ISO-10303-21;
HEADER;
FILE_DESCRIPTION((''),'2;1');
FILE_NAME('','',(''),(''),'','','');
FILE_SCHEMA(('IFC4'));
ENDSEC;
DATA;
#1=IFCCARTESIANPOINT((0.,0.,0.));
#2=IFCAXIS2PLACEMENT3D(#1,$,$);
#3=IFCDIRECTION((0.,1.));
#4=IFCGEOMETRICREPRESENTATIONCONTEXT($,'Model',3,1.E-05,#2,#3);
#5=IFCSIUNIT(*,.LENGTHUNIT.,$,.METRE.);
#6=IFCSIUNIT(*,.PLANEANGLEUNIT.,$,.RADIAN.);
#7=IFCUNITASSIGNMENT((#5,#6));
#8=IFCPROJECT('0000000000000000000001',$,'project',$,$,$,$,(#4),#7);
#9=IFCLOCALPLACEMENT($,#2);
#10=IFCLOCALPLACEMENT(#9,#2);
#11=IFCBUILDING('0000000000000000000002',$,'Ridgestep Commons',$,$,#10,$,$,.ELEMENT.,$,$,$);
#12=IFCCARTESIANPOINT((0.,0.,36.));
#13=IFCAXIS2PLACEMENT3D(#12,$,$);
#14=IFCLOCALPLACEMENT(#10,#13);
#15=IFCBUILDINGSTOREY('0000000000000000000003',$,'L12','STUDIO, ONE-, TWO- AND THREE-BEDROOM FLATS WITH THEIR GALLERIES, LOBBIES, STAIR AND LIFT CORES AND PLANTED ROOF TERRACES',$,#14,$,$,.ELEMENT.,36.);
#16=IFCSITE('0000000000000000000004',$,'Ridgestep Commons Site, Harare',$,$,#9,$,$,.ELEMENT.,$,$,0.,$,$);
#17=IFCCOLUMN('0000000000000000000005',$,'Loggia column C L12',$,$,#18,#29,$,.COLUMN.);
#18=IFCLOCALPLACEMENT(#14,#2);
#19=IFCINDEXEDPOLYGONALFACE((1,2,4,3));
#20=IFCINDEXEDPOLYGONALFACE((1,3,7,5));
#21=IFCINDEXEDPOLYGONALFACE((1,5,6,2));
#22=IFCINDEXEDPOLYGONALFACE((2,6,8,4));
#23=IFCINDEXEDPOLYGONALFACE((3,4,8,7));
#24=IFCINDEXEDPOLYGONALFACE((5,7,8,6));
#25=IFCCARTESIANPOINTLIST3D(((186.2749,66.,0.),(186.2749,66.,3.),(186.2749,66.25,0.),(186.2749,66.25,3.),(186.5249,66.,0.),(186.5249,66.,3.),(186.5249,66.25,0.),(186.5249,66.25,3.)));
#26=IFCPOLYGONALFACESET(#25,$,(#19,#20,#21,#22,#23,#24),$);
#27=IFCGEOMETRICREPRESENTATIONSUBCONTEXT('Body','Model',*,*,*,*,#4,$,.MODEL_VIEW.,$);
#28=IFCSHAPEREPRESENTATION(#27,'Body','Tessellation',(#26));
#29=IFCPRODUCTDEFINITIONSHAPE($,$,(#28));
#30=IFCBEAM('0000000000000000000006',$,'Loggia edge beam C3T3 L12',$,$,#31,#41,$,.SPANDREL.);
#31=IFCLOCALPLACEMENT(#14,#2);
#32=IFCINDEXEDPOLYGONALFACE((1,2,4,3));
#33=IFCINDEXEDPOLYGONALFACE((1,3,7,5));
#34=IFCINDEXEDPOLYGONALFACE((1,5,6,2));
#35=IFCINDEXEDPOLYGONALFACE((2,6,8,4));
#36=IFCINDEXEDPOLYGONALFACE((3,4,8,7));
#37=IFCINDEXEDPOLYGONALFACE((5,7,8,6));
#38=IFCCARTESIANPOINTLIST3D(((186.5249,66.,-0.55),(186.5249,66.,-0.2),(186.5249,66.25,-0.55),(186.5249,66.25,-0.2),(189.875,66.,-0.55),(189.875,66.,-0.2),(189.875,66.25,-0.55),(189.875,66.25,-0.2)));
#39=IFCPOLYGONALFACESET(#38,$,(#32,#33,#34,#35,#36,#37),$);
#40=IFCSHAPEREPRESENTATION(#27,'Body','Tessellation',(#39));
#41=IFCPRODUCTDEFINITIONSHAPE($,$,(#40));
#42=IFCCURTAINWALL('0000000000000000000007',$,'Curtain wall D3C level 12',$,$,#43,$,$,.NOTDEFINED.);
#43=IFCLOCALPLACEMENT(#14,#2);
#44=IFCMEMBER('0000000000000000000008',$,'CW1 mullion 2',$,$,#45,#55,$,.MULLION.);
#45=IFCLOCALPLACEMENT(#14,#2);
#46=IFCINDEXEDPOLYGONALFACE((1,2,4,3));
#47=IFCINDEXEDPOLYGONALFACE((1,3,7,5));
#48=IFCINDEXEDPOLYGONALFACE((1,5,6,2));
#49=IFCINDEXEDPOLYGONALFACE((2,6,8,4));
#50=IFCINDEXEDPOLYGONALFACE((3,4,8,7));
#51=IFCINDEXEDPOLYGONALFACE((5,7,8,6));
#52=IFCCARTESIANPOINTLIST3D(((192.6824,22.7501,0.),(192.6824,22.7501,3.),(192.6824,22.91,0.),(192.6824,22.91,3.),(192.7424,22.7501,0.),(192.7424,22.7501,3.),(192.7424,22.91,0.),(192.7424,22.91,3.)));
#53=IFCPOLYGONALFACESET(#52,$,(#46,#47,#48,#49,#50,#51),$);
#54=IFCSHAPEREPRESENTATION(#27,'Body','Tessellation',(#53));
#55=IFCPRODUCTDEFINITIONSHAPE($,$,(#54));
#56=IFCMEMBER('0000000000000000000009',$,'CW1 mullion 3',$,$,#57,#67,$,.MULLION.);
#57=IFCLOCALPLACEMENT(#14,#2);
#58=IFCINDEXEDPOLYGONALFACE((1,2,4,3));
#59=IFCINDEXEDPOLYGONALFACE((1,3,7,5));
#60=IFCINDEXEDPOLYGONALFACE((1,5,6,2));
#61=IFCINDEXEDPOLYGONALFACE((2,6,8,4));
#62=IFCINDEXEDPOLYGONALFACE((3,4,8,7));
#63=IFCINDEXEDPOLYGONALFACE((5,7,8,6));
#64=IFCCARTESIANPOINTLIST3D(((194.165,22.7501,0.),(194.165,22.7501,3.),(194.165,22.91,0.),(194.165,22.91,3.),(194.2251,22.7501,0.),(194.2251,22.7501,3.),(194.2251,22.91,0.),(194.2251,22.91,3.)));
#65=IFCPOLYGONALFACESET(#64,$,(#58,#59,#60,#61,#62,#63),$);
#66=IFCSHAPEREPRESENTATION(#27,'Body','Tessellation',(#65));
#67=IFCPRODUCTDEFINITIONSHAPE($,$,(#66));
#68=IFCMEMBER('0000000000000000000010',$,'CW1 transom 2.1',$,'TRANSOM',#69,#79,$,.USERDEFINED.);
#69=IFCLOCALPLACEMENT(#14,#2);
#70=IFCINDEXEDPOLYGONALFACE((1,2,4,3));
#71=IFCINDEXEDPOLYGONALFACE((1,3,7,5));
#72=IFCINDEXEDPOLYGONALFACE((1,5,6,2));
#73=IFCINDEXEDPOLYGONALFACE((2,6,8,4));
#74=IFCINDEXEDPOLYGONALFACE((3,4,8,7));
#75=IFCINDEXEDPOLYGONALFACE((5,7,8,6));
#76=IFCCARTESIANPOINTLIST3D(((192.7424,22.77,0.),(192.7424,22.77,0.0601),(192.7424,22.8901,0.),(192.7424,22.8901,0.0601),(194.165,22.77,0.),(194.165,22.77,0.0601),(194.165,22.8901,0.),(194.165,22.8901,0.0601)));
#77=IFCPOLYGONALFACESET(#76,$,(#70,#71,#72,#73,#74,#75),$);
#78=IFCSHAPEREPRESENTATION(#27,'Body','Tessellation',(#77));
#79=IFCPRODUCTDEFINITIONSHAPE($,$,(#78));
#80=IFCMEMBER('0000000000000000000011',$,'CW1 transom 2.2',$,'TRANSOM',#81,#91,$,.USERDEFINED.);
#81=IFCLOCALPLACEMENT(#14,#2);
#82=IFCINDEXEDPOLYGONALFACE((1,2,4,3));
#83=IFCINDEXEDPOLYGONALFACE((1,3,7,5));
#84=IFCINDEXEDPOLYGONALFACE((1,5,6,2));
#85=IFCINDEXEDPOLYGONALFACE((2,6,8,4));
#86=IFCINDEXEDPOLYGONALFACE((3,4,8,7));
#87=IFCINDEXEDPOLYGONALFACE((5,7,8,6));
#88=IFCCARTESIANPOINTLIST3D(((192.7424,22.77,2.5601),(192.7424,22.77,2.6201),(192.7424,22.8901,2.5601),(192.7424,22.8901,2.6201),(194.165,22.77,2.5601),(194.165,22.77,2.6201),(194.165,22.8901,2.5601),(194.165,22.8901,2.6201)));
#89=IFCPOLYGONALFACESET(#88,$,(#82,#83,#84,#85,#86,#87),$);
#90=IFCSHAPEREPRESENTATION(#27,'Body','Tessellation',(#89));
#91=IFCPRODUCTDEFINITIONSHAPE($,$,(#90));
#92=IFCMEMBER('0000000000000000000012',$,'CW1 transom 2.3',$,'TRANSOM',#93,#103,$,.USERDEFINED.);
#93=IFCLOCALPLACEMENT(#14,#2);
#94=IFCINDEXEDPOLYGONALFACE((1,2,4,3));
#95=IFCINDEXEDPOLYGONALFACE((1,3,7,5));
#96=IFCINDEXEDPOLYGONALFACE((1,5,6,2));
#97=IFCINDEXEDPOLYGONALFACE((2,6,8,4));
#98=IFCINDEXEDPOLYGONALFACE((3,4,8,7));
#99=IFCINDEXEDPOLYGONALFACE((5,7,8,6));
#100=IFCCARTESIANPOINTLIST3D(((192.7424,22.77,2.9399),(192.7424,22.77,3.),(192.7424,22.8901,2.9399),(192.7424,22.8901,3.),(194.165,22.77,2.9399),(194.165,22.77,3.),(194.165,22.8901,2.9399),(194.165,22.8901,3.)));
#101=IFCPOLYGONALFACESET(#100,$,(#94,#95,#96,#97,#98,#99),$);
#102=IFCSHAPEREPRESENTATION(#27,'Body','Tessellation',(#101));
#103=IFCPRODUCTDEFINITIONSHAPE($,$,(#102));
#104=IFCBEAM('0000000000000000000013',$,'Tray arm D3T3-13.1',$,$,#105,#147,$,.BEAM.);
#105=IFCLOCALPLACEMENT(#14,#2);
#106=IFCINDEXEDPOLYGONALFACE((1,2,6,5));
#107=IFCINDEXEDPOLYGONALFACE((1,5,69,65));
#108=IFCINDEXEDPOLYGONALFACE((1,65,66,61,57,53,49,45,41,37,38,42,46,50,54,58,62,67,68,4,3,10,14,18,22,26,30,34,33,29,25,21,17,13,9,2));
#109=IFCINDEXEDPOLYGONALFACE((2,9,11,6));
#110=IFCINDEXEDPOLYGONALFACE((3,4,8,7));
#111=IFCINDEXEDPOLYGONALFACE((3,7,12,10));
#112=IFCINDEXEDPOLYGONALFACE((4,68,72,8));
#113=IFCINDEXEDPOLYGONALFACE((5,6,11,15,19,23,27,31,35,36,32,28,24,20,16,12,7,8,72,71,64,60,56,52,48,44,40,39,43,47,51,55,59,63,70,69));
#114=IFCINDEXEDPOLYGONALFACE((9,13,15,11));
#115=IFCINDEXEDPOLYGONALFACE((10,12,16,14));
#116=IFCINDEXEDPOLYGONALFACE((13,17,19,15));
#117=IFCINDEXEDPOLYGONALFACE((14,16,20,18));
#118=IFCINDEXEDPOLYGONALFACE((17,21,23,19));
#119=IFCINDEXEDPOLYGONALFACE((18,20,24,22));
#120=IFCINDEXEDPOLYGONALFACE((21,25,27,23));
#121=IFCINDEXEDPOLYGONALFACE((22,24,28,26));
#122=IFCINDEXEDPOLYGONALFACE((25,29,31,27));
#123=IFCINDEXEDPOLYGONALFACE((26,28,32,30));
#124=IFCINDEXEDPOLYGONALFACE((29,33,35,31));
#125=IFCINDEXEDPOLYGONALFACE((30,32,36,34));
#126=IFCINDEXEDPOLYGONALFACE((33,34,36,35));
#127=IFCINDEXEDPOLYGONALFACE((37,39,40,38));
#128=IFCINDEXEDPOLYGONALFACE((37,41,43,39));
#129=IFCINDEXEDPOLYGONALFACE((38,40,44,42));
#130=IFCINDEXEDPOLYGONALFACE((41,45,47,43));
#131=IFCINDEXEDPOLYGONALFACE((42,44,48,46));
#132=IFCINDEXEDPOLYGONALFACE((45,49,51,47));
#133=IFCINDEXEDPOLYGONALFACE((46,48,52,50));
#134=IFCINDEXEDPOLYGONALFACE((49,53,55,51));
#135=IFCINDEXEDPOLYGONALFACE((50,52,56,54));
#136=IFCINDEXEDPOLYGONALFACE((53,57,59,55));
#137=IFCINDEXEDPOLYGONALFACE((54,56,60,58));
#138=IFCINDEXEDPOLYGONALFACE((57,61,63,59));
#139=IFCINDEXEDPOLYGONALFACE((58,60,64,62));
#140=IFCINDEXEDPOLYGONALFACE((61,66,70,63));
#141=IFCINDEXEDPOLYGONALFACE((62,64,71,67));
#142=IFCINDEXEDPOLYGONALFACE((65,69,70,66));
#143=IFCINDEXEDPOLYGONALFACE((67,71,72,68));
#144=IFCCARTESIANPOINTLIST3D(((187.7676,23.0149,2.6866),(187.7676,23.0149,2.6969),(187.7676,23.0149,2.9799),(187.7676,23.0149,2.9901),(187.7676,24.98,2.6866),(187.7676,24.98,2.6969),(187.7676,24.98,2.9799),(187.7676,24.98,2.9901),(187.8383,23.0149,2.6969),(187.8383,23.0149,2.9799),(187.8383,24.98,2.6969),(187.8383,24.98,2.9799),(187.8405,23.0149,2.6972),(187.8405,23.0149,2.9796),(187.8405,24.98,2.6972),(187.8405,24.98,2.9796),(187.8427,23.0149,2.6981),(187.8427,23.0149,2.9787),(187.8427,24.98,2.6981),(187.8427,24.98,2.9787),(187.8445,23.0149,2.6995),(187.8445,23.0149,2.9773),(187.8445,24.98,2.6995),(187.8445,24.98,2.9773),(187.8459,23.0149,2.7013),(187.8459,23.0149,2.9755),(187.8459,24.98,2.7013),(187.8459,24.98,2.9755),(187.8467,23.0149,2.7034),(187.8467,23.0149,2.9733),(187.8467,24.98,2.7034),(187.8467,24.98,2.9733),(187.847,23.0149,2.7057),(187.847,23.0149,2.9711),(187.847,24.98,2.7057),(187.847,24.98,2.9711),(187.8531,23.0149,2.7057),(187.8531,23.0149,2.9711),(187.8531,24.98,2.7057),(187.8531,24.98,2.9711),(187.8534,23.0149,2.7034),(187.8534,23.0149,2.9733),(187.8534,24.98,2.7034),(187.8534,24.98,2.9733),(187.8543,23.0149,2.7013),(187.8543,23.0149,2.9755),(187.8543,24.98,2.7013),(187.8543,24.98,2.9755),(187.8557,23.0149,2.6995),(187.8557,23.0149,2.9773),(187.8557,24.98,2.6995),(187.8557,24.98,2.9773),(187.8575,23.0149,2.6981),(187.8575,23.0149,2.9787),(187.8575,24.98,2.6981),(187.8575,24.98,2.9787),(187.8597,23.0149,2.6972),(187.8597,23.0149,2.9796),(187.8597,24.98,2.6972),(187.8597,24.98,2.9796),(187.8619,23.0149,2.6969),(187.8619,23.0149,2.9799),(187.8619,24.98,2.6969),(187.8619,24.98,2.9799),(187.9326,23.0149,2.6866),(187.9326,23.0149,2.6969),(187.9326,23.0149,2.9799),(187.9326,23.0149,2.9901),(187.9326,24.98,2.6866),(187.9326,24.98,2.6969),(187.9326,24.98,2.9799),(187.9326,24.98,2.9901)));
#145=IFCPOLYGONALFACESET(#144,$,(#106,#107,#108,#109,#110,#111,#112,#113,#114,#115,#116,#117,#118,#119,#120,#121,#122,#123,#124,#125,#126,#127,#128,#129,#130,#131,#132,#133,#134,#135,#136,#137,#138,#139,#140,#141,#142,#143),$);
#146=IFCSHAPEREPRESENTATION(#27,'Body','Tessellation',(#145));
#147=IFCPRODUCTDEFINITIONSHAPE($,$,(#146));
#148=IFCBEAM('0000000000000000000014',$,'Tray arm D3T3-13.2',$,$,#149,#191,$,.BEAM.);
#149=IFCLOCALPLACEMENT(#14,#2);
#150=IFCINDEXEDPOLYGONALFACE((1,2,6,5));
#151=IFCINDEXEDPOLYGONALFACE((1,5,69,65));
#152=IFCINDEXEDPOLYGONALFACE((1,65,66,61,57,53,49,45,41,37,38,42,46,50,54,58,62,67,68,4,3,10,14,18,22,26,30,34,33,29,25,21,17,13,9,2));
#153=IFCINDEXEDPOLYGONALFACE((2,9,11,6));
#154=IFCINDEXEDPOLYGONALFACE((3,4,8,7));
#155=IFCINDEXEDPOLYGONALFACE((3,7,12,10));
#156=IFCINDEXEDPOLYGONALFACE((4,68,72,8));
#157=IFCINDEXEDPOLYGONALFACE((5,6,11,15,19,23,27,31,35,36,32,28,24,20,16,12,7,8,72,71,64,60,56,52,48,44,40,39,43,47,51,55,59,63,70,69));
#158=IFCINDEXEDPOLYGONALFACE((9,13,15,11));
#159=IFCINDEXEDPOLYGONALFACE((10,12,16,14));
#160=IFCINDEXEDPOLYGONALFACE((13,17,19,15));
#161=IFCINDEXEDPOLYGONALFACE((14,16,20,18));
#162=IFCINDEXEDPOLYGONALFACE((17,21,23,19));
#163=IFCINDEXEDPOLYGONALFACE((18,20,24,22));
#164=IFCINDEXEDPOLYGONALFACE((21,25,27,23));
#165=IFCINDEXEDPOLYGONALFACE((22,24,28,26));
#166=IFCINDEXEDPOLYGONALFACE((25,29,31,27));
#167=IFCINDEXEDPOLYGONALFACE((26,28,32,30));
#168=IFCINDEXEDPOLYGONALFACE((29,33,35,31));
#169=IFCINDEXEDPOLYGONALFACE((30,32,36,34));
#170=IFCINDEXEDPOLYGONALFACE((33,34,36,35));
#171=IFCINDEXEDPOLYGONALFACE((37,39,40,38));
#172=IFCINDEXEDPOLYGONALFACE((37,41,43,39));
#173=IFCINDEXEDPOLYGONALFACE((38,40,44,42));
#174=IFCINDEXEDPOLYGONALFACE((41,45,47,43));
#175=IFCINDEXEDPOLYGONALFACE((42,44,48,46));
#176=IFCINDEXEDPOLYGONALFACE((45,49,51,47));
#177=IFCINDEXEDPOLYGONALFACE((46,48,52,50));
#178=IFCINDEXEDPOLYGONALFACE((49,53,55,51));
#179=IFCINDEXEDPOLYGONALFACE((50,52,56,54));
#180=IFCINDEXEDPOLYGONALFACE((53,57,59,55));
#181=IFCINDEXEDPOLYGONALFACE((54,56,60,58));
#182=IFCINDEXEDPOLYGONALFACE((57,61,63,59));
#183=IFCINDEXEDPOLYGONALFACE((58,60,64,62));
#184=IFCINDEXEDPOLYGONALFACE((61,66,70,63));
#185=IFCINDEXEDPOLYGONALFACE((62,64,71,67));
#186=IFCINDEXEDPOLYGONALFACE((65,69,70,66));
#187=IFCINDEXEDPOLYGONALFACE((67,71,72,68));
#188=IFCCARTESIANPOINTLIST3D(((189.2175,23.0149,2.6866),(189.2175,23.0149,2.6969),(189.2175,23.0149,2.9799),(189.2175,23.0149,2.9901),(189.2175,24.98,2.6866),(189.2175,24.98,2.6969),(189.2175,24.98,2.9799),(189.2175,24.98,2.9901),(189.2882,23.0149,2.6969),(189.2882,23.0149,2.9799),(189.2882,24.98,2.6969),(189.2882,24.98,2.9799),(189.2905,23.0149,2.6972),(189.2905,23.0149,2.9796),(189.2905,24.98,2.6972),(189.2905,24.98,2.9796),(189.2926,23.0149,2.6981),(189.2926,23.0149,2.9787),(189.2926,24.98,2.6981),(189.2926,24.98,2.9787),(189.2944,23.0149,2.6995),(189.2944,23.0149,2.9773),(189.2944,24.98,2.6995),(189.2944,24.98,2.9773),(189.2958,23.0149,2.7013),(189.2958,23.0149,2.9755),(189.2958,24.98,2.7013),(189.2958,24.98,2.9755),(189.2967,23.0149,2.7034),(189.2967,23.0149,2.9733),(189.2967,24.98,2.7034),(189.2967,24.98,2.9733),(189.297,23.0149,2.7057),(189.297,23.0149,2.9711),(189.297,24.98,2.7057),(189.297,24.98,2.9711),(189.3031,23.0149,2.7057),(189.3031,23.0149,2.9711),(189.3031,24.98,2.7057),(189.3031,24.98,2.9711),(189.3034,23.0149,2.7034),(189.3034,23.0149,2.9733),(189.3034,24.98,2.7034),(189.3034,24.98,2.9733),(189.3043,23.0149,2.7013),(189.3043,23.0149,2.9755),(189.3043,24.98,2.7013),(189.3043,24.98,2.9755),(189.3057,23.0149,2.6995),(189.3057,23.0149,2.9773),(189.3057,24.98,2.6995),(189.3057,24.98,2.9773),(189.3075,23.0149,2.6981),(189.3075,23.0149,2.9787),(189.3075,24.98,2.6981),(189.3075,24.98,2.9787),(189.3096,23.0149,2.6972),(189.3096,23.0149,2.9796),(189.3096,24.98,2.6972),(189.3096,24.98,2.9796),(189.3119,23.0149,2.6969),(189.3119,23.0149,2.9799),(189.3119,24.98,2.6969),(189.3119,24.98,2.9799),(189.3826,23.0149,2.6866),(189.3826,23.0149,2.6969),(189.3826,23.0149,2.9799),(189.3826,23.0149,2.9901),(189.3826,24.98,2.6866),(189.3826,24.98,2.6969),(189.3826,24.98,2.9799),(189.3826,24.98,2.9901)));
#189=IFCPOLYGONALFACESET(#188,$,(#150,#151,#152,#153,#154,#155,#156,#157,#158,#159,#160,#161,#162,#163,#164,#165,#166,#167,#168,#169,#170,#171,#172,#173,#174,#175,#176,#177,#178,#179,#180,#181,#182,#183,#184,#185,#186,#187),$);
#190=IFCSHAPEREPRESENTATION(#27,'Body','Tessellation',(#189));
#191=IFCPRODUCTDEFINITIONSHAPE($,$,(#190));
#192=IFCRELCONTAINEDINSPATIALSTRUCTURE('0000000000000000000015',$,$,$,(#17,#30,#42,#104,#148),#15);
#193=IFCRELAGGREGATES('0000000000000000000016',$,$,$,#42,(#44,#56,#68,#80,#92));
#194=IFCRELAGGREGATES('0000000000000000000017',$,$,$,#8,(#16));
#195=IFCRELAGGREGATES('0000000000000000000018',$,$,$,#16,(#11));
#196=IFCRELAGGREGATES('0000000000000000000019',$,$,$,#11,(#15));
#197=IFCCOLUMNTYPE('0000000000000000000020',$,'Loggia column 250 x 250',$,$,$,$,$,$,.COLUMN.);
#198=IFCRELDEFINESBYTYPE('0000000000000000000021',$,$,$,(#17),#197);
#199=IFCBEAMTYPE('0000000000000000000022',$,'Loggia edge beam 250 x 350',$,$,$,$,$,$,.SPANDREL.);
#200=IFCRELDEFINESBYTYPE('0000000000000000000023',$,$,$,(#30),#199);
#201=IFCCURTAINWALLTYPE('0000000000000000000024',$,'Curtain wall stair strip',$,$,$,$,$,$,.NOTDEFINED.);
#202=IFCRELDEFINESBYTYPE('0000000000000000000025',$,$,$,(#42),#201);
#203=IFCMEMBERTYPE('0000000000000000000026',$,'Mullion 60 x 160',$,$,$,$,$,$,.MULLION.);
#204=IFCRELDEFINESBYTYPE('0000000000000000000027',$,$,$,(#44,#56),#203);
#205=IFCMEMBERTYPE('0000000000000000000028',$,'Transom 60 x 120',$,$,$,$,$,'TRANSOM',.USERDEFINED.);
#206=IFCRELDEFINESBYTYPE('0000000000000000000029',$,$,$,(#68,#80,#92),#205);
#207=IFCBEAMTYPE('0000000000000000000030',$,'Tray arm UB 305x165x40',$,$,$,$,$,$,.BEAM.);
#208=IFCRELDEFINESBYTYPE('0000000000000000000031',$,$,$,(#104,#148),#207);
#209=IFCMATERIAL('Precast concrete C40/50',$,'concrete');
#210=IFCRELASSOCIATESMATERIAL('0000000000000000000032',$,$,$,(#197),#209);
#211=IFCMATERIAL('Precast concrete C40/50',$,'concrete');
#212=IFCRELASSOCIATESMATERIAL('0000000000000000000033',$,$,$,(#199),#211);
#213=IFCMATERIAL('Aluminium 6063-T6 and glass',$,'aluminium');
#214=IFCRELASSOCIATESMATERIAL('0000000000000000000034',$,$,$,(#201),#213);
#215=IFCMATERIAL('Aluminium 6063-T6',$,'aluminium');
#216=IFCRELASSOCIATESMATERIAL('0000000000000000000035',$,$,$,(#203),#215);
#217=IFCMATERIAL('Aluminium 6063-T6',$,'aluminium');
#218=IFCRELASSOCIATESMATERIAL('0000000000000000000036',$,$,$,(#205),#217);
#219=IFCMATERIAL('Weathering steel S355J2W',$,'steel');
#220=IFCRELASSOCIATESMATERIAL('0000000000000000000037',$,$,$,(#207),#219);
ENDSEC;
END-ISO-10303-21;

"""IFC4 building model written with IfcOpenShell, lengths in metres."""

from ifc_helpers import new_model, si_unit, direction, frame, origin, origin_2d, place, context, subcontext, project, spatial, rectangle, i_section, extrude, material, material_profile, profile_set, type_object, element, aggregate, save


model = new_model("IFC4")

# Units and contexts
model_context = context("Model", 3, precision=1e-05, world=origin(), true_north=direction((0.0, 1.0)))
body_context = subcontext(model_context, "Body", "Model", "MODEL_VIEW")
ifc_project = project(units=[si_unit("LENGTHUNIT", "METRE"), si_unit("PLANEANGLEUNIT", "RADIAN")], contexts=[model_context])

# Site, building, storey
site_placement = place(None, origin())
site = spatial("IfcSite", under=ifc_project, at=site_placement, Name="Ridgestep Commons Site, Harare", CompositionType="ELEMENT", RefElevation=0.0)
building_placement = place(site_placement, origin())
building = spatial("IfcBuilding", under=site, at=building_placement, Name="Ridgestep Commons", CompositionType="ELEMENT")
storey_placement = place(building_placement, frame((0.0, 0.0, 36.0)))
storey = spatial("IfcBuildingStorey", under=building, at=storey_placement, Name="L12", Description="STUDIO, ONE-, TWO- AND THREE-BEDROOM FLATS WITH THEIR GALLERIES, LOBBIES, STAIR AND LIFT CORES AND PLANTED ROOF TERRACES", CompositionType="ELEMENT", Elevation=36.0)

# Column
ifc_material_1 = material(Name="Precast concrete C40/50", Category="concrete")
ifc_material_profile_1 = material_profile(ifc_material_1, rectangle(XDim=0.25, YDim=0.25, at=origin_2d()), Name="PC 250x250")
ifc_profile_set_1 = profile_set([ifc_material_profile_1], Name="Precast concrete C40/50")
column_type = type_object("IfcColumnType", Name="Loggia column 250 x 250", PredefinedType="COLUMN", material=ifc_profile_set_1)
column_placement = place(storey_placement, frame((186.3999, 66.125, 0.0), z_axis=(0.0, 0.0, 1.0), x_axis=(1.0, 0.0, 0.0)))
element("IfcColumn", 1, at=column_placement, inside=storey, type_object=column_type, Name="Loggia column C L12", PredefinedType="COLUMN", context=body_context, shape_type="SweptSolid", body=[
    extrude(rectangle(XDim=0.25, YDim=0.25, at=origin_2d()), origin(), (0.0, 0.0, 1.0), 3.0),
])

# Beam
ifc_material_2 = material(Name="Precast concrete C40/50", Category="concrete")
ifc_material_profile_2 = material_profile(ifc_material_2, rectangle(XDim=0.25, YDim=0.3501, at=origin_2d()), Name="PC 250x350")
ifc_profile_set_2 = profile_set([ifc_material_profile_2], Name="Precast concrete C40/50")
beam_type_1 = type_object("IfcBeamType", Name="Loggia edge beam 250 x 350", PredefinedType="SPANDREL", material=ifc_profile_set_2)
beam_1_placement = place(storey_placement, frame((186.5249, 66.125, -0.375), z_axis=(1.0, 0.0, 0.0), x_axis=(0.0, 1.0, 0.0)))
element("IfcBeam", 2, at=beam_1_placement, inside=storey, type_object=beam_type_1, Name="Loggia edge beam C3T3 L12", PredefinedType="SPANDREL", context=body_context, shape_type="SweptSolid", body=[
    extrude(rectangle(XDim=0.25, YDim=0.3501, at=origin_2d()), origin(), (0.0, 0.0, 1.0), 3.3501),
])

# Curtain wall, members
ifc_material_3 = material(Name="Aluminium 6063-T6 and glass", Category="aluminium")
curtain_wall_type = type_object("IfcCurtainWallType", Name="Curtain wall stair strip", PredefinedType="NOTDEFINED", material=ifc_material_3)
curtain_wall_placement = place(storey_placement, origin())
curtain_wall = element("IfcCurtainWall", 3, at=curtain_wall_placement, inside=storey, type_object=curtain_wall_type, Name="Curtain wall D3C level 12", PredefinedType="NOTDEFINED")
ifc_material_4 = material(Name="Aluminium 6063-T6", Category="aluminium")
ifc_material_profile_3 = material_profile(ifc_material_4, rectangle(XDim=0.1599, YDim=0.0601, at=origin_2d()), Name="Mullion 60 x 160")
ifc_profile_set_3 = profile_set([ifc_material_profile_3], Name="Aluminium 6063-T6")
member_type_1 = type_object("IfcMemberType", Name="Mullion 60 x 160", PredefinedType="MULLION", material=ifc_profile_set_3)
member_1_placement = place(storey_placement, frame((192.7124, 22.8301, 0.0), z_axis=(0.0, 0.0, 1.0), x_axis=(0.0, 1.0, 0.0)))
member_1 = element("IfcMember", 4, at=member_1_placement, type_object=member_type_1, Name="CW1 mullion 2", PredefinedType="MULLION", context=body_context, shape_type="SweptSolid", body=[
    extrude(rectangle(XDim=0.1599, YDim=0.0601, at=origin_2d()), origin(), (0.0, 0.0, 1.0), 3.0),
])
member_2_placement = place(storey_placement, frame((194.1951, 22.8301, 0.0), z_axis=(0.0, 0.0, 1.0), x_axis=(0.0, 1.0, 0.0)))
member_2 = element("IfcMember", 5, at=member_2_placement, type_object=member_type_1, Name="CW1 mullion 3", PredefinedType="MULLION", context=body_context, shape_type="SweptSolid", body=[
    extrude(rectangle(XDim=0.1599, YDim=0.0601, at=origin_2d()), origin(), (0.0, 0.0, 1.0), 3.0),
])
ifc_material_5 = material(Name="Aluminium 6063-T6", Category="aluminium")
ifc_material_profile_4 = material_profile(ifc_material_5, rectangle(XDim=0.1201, YDim=0.0601, at=origin_2d()), Name="Transom 60 x 120")
ifc_profile_set_4 = profile_set([ifc_material_profile_4], Name="Aluminium 6063-T6")
member_type_2 = type_object("IfcMemberType", Name="Transom 60 x 120", ElementType="TRANSOM", PredefinedType="USERDEFINED", material=ifc_profile_set_4)
member_3_placement = place(storey_placement, frame((192.7424, 22.8301, 0.03), z_axis=(1.0, 0.0, 0.0), x_axis=(0.0, 1.0, 0.0)))
member_3 = element("IfcMember", 6, at=member_3_placement, type_object=member_type_2, Name="CW1 transom 2.1", ObjectType="TRANSOM", PredefinedType="USERDEFINED", context=body_context, shape_type="SweptSolid", body=[
    extrude(rectangle(XDim=0.1201, YDim=0.0601, at=origin_2d()), origin(), (0.0, 0.0, 1.0), 1.4226),
])
member_4_placement = place(storey_placement, frame((192.7424, 22.8301, 2.5901), z_axis=(1.0, 0.0, 0.0), x_axis=(0.0, 1.0, 0.0)))
member_4 = element("IfcMember", 7, at=member_4_placement, type_object=member_type_2, Name="CW1 transom 2.2", ObjectType="TRANSOM", PredefinedType="USERDEFINED", context=body_context, shape_type="SweptSolid", body=[
    extrude(rectangle(XDim=0.1201, YDim=0.0601, at=origin_2d()), origin(), (0.0, 0.0, 1.0), 1.4226),
])
member_5_placement = place(storey_placement, frame((192.7424, 22.8301, 2.97), z_axis=(1.0, 0.0, 0.0), x_axis=(0.0, 1.0, 0.0)))
member_5 = element("IfcMember", 8, at=member_5_placement, type_object=member_type_2, Name="CW1 transom 2.3", ObjectType="TRANSOM", PredefinedType="USERDEFINED", context=body_context, shape_type="SweptSolid", body=[
    extrude(rectangle(XDim=0.1201, YDim=0.0601, at=origin_2d()), origin(), (0.0, 0.0, 1.0), 1.4226),
])

# Beams
ifc_material_6 = material(Name="Weathering steel S355J2W", Category="steel")
ifc_material_profile_5 = material_profile(ifc_material_6, i_section(OverallWidth=0.165, OverallDepth=0.3035, WebThickness=0.0061, FlangeThickness=0.0103, FilletRadius=0.0088, at=origin_2d()), Name="UB 305x165x40")
ifc_profile_set_5 = profile_set([ifc_material_profile_5], Name="Weathering steel S355J2W")
beam_type_2 = type_object("IfcBeamType", Name="Tray arm UB 305x165x40", PredefinedType="BEAM", material=ifc_profile_set_5)
for number, where, z_axis, x_axis, name in (
    (9, (187.8501, 23.0149, 2.8384), (0.0, 1.0, 0.0), (-1.0, 0.0, 0.0), "Tray arm D3T3-13.1"),
    (10, (189.3, 23.0149, 2.8384), (0.0, 1.0, 0.0), (-1.0, 0.0, 0.0), "Tray arm D3T3-13.2"),
):
    element("IfcBeam", number, at=place(storey_placement, frame(where, z_axis=z_axis, x_axis=x_axis)), inside=storey, type_object=beam_type_2, Name=name, PredefinedType="BEAM", context=body_context, shape_type="SweptSolid", body=[
        extrude(i_section(OverallWidth=0.165, OverallDepth=0.3035, WebThickness=0.0061, FlangeThickness=0.0103, FilletRadius=0.0088, at=origin_2d()), origin(), (0.0, 0.0, 1.0), 1.9651),
    ])

aggregate(curtain_wall, [member_1, member_2, member_3, member_4, member_5])

save(model, "model.ifc")
